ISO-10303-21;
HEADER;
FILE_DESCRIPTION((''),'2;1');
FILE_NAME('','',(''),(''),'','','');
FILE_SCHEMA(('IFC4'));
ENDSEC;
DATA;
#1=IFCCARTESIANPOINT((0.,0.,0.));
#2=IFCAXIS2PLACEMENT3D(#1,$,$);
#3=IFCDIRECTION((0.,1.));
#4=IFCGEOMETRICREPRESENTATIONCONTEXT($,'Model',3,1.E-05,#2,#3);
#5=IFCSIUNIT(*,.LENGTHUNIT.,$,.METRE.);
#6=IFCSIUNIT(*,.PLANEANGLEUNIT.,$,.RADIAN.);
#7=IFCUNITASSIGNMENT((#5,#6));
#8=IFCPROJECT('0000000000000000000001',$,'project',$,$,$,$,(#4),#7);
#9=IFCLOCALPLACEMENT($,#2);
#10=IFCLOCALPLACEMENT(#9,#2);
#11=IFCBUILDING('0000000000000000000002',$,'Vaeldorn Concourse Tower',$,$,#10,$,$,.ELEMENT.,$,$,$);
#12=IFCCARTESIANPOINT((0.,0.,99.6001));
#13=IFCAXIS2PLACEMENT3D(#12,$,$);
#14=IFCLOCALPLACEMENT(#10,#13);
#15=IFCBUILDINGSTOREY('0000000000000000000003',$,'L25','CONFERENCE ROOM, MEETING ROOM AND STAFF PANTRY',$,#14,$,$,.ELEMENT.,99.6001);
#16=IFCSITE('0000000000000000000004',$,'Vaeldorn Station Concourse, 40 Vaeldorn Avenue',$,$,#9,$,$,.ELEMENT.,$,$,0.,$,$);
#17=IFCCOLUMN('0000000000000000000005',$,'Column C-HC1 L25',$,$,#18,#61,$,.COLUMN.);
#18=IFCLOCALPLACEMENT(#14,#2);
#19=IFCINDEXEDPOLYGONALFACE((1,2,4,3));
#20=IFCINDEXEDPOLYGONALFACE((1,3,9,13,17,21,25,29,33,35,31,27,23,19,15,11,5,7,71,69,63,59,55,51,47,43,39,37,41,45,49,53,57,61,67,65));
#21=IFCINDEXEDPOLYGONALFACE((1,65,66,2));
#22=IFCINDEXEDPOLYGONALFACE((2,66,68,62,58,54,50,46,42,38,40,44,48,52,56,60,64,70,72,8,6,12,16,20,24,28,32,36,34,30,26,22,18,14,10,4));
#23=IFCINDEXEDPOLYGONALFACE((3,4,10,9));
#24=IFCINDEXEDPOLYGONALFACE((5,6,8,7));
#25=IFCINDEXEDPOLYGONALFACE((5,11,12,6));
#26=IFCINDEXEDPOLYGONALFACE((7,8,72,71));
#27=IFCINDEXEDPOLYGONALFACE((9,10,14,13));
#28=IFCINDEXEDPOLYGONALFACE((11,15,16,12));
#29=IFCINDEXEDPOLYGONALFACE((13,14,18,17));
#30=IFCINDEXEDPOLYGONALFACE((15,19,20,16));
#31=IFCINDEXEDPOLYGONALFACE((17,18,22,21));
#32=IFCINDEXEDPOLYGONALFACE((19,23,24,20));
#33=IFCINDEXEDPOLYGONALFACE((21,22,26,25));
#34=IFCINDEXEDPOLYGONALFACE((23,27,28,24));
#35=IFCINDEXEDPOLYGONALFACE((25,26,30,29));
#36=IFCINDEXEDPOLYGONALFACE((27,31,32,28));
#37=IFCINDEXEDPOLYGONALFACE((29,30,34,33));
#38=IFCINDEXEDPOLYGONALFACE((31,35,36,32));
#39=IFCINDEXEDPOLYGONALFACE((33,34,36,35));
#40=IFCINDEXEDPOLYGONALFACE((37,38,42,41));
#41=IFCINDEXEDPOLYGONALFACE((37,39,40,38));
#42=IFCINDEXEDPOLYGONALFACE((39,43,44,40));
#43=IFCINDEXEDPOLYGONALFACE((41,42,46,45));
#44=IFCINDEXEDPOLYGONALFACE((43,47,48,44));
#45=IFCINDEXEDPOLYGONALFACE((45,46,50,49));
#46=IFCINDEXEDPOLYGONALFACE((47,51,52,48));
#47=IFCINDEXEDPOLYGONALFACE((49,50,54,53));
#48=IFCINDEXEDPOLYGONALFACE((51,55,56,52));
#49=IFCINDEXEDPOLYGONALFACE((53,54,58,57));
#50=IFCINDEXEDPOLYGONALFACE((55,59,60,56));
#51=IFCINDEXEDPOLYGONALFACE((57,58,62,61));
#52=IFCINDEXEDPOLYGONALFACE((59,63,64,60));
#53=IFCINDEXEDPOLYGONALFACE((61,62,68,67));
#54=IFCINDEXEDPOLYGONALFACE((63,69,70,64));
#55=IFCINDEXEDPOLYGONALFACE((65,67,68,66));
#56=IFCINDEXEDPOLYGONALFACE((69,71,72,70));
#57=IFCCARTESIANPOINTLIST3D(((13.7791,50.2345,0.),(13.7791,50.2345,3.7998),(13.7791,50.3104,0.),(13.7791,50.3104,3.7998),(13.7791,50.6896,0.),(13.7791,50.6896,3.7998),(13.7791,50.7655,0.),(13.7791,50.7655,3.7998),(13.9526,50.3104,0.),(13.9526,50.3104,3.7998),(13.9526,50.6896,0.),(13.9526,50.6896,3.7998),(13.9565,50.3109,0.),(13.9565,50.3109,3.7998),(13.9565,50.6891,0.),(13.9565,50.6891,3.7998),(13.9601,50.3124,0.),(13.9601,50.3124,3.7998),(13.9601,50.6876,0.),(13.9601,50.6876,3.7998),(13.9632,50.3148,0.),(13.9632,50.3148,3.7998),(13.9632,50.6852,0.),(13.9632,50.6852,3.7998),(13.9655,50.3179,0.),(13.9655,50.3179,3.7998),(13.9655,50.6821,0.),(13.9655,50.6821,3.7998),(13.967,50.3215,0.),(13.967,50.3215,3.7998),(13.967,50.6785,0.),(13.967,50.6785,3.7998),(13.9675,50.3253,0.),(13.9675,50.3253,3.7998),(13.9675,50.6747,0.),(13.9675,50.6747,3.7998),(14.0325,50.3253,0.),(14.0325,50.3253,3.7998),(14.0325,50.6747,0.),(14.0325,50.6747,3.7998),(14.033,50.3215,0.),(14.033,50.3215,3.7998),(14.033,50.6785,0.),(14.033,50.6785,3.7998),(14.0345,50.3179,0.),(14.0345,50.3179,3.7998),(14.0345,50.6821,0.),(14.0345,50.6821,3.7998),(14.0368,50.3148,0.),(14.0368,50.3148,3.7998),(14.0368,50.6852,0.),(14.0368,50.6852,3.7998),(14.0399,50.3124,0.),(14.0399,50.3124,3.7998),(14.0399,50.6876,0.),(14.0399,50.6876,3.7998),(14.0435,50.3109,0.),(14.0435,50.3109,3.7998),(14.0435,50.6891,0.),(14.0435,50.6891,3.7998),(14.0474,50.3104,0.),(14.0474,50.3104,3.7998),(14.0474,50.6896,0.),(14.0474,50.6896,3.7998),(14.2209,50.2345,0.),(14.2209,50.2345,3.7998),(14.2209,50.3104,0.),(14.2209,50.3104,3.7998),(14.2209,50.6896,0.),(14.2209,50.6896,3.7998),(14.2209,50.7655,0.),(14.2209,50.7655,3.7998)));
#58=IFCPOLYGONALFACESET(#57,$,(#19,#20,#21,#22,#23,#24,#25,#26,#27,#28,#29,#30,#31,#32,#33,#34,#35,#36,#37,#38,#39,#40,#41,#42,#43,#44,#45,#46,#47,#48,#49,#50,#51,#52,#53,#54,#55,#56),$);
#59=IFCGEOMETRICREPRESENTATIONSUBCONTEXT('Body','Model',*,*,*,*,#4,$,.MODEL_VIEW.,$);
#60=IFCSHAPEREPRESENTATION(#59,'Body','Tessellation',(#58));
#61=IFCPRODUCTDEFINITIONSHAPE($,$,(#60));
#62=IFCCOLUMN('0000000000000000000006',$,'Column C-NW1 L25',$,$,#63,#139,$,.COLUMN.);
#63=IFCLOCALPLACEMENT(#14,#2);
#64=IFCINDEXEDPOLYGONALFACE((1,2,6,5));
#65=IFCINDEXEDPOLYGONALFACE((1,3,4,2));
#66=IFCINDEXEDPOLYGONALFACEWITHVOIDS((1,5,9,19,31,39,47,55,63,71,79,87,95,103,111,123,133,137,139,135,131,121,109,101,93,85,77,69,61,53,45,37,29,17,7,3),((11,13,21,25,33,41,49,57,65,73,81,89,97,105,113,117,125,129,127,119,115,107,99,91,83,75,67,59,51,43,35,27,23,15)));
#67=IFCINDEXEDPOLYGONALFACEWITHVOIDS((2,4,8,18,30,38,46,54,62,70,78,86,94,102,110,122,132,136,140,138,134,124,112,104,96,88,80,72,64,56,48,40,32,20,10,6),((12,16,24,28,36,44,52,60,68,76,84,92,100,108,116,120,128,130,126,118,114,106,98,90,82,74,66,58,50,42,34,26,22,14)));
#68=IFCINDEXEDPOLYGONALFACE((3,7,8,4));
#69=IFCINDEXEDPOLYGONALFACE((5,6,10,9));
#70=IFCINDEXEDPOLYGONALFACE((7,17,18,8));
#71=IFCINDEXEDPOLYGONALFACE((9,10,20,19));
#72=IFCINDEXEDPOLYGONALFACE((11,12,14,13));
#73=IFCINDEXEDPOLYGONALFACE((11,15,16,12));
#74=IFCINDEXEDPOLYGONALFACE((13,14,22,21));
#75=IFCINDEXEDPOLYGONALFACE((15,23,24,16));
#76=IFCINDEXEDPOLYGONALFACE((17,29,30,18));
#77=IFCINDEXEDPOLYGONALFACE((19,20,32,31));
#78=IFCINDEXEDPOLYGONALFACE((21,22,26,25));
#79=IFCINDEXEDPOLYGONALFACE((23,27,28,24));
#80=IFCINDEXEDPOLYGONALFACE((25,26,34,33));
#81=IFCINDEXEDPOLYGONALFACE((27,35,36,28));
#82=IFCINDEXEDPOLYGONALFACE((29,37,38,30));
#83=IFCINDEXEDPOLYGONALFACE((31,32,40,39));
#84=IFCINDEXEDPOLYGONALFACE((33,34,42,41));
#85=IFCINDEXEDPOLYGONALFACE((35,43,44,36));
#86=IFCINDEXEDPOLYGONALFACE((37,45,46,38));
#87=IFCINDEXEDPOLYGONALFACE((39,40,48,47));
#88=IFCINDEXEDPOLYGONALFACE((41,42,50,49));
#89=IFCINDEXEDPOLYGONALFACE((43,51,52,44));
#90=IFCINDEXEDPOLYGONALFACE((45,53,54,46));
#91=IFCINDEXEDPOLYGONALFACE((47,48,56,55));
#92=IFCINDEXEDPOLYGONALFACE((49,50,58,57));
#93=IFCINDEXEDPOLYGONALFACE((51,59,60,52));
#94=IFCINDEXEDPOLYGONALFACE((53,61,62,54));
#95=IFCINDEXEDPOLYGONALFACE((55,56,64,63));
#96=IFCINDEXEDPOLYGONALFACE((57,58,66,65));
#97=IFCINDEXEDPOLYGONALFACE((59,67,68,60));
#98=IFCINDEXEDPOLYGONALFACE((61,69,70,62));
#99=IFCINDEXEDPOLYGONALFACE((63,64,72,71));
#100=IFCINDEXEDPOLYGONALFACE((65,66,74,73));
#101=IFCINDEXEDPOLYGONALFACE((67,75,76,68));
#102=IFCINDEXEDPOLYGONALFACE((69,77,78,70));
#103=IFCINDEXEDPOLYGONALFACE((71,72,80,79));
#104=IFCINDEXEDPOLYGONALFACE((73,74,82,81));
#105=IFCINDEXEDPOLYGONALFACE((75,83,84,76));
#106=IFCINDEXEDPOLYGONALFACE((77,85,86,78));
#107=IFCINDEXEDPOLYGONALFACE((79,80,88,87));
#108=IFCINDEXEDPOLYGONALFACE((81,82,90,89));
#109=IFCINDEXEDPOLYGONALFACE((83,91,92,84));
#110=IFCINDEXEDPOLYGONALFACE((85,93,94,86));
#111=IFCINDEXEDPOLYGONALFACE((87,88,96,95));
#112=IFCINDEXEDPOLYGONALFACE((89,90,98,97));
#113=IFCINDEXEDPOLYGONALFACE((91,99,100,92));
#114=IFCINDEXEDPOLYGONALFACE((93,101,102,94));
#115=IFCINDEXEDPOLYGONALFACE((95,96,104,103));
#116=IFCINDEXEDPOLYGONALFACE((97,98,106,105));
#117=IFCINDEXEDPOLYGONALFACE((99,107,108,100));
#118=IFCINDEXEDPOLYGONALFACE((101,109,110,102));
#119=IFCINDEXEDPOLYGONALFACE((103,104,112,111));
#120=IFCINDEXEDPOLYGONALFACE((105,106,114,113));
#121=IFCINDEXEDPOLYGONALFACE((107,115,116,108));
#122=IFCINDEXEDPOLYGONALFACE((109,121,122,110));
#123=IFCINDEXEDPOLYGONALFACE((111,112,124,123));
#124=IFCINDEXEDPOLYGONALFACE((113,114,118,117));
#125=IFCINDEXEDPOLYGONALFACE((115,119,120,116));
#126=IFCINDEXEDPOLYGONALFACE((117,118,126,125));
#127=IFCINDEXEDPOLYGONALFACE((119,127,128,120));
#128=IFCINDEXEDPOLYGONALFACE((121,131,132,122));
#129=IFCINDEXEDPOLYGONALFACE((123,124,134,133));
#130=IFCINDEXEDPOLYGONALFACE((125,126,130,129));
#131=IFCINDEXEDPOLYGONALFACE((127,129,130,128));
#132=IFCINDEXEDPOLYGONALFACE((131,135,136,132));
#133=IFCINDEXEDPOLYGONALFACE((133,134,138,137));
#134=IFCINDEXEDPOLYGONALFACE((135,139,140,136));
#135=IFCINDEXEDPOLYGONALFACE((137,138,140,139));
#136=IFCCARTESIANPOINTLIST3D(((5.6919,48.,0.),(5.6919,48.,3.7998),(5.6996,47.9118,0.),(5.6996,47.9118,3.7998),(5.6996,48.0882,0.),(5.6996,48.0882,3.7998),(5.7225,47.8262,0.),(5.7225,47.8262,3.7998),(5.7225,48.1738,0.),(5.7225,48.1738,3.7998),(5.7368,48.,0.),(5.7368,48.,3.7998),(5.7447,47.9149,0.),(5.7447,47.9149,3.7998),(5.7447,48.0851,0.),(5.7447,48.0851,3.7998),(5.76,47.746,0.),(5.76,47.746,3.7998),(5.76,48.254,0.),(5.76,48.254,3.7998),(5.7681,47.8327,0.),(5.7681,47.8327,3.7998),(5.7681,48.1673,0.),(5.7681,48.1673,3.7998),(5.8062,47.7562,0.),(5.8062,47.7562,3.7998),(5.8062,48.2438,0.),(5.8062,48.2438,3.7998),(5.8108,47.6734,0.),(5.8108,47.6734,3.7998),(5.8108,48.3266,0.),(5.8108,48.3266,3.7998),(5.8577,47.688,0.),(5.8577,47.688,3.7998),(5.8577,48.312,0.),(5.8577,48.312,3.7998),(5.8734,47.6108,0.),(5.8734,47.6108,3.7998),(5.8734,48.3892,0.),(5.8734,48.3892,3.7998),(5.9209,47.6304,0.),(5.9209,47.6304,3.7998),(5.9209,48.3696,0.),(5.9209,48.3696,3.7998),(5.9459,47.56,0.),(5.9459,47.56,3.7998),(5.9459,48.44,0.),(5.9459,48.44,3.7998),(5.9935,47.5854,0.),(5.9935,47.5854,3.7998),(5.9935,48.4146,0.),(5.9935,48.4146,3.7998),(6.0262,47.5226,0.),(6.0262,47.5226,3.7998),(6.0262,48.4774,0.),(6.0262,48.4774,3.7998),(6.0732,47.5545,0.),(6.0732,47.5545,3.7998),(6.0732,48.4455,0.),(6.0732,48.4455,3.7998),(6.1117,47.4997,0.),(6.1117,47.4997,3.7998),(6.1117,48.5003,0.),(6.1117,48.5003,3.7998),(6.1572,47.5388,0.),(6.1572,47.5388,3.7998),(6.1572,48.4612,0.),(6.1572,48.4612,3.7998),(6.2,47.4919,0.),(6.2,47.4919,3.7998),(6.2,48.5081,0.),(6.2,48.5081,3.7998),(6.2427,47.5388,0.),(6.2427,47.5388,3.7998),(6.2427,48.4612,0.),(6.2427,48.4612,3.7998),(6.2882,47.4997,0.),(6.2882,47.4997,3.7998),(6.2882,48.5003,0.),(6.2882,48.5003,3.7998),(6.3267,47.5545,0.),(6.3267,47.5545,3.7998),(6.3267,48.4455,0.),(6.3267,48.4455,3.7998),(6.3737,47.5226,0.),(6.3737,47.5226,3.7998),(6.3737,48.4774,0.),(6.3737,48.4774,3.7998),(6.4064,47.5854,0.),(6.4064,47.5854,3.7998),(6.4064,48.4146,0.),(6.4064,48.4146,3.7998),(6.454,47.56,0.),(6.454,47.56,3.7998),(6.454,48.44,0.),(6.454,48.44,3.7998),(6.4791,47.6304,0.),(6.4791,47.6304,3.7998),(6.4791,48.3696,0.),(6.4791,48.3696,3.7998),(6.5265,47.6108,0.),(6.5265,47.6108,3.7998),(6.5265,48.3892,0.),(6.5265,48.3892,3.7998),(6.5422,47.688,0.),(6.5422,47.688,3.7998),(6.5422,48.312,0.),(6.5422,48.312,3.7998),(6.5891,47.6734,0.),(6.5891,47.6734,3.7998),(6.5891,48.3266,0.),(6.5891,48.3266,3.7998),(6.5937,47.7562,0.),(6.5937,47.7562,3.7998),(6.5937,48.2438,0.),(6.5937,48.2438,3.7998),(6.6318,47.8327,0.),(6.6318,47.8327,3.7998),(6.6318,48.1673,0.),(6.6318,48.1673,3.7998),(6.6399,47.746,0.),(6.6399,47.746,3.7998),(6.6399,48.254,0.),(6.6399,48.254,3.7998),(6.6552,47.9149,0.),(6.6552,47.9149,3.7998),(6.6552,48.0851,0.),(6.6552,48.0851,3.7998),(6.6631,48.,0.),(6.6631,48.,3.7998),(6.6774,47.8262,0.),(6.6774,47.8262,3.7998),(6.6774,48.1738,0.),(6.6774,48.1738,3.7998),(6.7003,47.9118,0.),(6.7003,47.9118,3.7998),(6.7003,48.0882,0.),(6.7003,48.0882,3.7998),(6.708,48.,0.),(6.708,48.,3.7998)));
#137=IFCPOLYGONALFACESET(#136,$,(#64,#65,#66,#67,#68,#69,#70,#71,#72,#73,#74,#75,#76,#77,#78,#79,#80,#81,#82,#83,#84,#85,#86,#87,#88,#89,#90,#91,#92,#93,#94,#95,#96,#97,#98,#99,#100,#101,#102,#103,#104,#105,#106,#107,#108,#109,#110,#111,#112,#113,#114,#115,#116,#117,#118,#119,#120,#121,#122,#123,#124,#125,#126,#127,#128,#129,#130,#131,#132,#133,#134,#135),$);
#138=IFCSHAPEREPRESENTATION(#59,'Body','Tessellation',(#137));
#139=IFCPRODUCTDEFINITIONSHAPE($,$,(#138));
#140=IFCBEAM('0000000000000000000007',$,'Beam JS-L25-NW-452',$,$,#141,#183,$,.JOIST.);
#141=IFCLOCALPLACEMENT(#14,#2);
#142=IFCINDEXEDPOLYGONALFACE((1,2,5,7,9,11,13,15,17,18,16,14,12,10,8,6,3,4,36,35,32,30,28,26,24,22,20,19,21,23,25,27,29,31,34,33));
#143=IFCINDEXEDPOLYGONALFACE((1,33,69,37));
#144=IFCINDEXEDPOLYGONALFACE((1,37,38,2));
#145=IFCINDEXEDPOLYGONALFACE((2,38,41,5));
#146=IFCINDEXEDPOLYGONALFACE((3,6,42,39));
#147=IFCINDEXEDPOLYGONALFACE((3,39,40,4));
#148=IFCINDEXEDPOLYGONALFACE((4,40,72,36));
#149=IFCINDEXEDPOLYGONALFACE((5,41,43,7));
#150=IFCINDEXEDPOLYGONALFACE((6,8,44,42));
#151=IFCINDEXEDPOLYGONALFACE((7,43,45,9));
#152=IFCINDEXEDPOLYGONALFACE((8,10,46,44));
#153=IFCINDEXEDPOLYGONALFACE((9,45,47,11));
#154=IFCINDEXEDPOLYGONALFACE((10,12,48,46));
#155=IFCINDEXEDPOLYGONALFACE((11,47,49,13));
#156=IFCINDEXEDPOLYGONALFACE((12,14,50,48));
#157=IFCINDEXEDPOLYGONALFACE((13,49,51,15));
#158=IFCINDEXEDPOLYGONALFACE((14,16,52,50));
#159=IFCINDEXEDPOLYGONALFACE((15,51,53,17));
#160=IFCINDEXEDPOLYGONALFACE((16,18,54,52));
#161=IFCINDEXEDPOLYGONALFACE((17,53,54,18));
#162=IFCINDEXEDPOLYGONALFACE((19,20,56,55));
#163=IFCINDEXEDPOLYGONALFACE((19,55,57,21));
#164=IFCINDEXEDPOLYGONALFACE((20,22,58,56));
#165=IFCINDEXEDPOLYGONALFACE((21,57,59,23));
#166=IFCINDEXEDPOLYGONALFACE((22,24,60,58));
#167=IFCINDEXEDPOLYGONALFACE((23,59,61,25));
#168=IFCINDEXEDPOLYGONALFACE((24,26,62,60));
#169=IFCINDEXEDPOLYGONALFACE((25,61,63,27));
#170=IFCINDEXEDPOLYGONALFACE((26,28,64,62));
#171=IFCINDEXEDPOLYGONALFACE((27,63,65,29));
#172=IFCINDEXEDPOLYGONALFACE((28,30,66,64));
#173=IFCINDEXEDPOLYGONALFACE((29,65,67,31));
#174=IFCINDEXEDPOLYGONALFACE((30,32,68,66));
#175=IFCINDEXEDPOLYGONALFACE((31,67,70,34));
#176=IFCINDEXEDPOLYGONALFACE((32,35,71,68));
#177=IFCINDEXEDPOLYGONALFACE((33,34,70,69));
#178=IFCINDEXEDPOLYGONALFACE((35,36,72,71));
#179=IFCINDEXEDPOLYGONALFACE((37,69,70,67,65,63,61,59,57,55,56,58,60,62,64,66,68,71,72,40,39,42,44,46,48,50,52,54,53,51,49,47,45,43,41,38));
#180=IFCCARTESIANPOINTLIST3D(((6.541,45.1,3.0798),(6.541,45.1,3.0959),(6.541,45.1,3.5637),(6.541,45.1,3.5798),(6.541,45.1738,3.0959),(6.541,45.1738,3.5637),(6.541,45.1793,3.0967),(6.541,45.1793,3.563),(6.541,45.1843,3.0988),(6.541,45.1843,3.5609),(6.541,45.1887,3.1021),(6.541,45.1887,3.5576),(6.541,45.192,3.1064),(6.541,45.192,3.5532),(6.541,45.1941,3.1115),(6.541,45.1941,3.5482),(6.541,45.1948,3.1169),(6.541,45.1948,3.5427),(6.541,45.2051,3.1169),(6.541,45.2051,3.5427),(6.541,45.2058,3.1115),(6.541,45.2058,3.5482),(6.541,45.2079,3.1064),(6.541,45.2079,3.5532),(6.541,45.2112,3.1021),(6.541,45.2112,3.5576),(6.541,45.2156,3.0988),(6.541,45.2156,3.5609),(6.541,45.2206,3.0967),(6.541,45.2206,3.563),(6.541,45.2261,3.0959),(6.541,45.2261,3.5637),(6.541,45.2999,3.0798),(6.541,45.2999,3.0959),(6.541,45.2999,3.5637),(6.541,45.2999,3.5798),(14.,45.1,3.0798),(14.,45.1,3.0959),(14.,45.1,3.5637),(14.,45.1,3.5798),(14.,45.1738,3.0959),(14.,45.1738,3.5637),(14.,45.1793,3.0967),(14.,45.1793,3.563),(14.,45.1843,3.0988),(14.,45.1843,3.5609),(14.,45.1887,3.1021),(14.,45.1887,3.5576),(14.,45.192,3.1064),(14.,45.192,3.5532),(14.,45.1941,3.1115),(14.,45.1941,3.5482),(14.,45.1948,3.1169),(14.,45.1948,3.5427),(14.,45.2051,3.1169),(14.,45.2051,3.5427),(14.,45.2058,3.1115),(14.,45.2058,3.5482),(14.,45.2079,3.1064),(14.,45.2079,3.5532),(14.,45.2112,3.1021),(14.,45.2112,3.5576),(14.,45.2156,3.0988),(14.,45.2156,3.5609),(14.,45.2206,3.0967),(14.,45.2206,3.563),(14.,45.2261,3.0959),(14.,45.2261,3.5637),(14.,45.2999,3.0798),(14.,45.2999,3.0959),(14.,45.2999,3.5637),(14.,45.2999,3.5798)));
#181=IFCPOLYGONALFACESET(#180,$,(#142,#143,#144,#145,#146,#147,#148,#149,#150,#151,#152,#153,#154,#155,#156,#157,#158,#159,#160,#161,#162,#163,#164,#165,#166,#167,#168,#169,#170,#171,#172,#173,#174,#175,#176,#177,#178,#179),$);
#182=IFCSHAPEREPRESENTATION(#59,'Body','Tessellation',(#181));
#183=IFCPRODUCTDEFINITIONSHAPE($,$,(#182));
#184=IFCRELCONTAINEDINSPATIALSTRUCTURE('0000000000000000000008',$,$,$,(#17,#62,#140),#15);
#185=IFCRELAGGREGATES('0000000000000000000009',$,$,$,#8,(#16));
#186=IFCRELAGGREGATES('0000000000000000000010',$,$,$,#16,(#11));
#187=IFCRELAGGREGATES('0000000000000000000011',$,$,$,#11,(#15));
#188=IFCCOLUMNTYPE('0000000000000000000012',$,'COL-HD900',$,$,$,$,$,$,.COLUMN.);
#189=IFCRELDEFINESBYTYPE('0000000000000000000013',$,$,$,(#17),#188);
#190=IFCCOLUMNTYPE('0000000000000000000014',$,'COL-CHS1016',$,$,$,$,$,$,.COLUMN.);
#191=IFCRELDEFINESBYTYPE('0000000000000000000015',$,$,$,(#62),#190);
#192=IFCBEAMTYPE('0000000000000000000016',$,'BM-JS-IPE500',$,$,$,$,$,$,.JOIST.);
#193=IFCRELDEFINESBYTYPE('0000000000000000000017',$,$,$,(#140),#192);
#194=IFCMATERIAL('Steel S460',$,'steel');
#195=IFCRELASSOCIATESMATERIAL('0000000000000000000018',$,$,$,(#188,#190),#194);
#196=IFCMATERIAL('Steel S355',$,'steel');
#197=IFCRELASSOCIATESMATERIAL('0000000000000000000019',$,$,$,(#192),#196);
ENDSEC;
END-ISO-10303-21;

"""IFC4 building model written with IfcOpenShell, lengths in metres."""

from ifc_helpers import new_model, si_unit, direction, frame, origin, origin_2d, place, context, subcontext, project, spatial, hollow_circle, i_section, extrude, source, transform, mapped, material, material_profile, profile_set, type_object, element, save


model = new_model("IFC4")

# Units and contexts
model_context = context("Model", 3, precision=1e-05, world=origin(), true_north=direction((0.0, 1.0)))
body_context = subcontext(model_context, "Body", "Model", "MODEL_VIEW")
ifc_project = project(units=[si_unit("LENGTHUNIT", "METRE"), si_unit("PLANEANGLEUNIT", "RADIAN")], contexts=[model_context])

# Site, building, storey
site_placement = place(None, origin())
site = spatial("IfcSite", under=ifc_project, at=site_placement, Name="Vaeldorn Station Concourse, 40 Vaeldorn Avenue", CompositionType="ELEMENT", RefElevation=0.0)
building_placement = place(site_placement, origin())
building = spatial("IfcBuilding", under=site, at=building_placement, Name="Vaeldorn Concourse Tower", CompositionType="ELEMENT")
storey_placement = place(building_placement, frame((0.0, 0.0, 99.6001)))
storey = spatial("IfcBuildingStorey", under=building, at=storey_placement, Name="L25", Description="CONFERENCE ROOM, MEETING ROOM AND STAFF PANTRY", CompositionType="ELEMENT", Elevation=99.6001)

# Columns
ifc_material_1 = material(Name="Steel S460", Category="steel")
ifc_material_profile_1 = material_profile(ifc_material_1, i_section(OverallWidth=0.4419, OverallDepth=0.531, WebThickness=0.0649, FlangeThickness=0.0759, FilletRadius=0.0149, at=origin_2d()), Name="HD 400x900")
ifc_profile_set_1 = profile_set([ifc_material_profile_1], Name="Steel S460")
column_type_1 = type_object("IfcColumnType", Name="COL-HD900", PredefinedType="COLUMN", material=ifc_profile_set_1)
shared_shape_1 = source(origin(), body_context, "Body", "SweptSolid", [
    extrude(i_section(OverallWidth=0.4419, OverallDepth=0.531, WebThickness=0.0649, FlangeThickness=0.0759, FilletRadius=0.0149, at=origin_2d()), origin(), (0.0, 0.0, 1.0), 3.7998),
])
column_1_placement = place(storey_placement, frame((14.0, 50.5, 0.0), z_axis=(0.0, 0.0, 1.0), x_axis=(1.0, 0.0, 0.0)))
element("IfcColumn", 1, at=column_1_placement, inside=storey, type_object=column_type_1, Name="Column C-HC1 L25", PredefinedType="COLUMN", context=body_context, shape_type="MappedRepresentation", body=[
    mapped(shared_shape_1, transform((0.0, 0.0, 0.0), scale=1.0)),
])
ifc_material_profile_2 = material_profile(ifc_material_1, hollow_circle(Radius=0.5081, WallThickness=0.0449, at=origin_2d()), Name="CHS 1016x45")
ifc_profile_set_2 = profile_set([ifc_material_profile_2], Name="Steel S460")
column_type_2 = type_object("IfcColumnType", Name="COL-CHS1016", PredefinedType="COLUMN", material=ifc_profile_set_2)
shared_shape_2 = source(origin(), body_context, "Body", "SweptSolid", [
    extrude(hollow_circle(Radius=0.5081, WallThickness=0.0449, at=origin_2d()), origin(), (0.0, 0.0, 1.0), 3.7998),
])
column_2_placement = place(storey_placement, frame((6.2, 48.0, 0.0), z_axis=(0.0, 0.0, 1.0), x_axis=(1.0, 0.0, 0.0)))
element("IfcColumn", 2, at=column_2_placement, inside=storey, type_object=column_type_2, Name="Column C-NW1 L25", PredefinedType="COLUMN", context=body_context, shape_type="MappedRepresentation", body=[
    mapped(shared_shape_2, transform((0.0, 0.0, 0.0), scale=1.0)),
])

# Beam
ifc_material_2 = material(Name="Steel S355", Category="steel")
ifc_material_profile_3 = material_profile(ifc_material_2, i_section(OverallWidth=0.2, OverallDepth=0.5, WebThickness=0.0103, FlangeThickness=0.0161, FilletRadius=0.021, at=origin_2d()), Name="IPE 500")
ifc_profile_set_3 = profile_set([ifc_material_profile_3], Name="Steel S355")
beam_type_1 = type_object("IfcBeamType", Name="BM-JS-IPE500", PredefinedType="JOIST", material=ifc_profile_set_3)
shared_shape_3 = source(origin(), body_context, "Body", "SweptSolid", [
    extrude(i_section(OverallWidth=0.2, OverallDepth=0.5, WebThickness=0.0103, FlangeThickness=0.0161, FilletRadius=0.021, at=origin_2d()), origin(), (0.0, 0.0, 1.0), 7.459),
])
beam_1_placement = place(storey_placement, frame((6.541, 45.2, 3.3298), z_axis=(1.0, 0.0, 0.0), x_axis=(0.0, 1.0, 0.0)))
element("IfcBeam", 3, at=beam_1_placement, inside=storey, type_object=beam_type_1, Name="Beam JS-L25-NW-452", PredefinedType="JOIST", context=body_context, shape_type="MappedRepresentation", body=[
    mapped(shared_shape_3, transform((0.0, 0.0, 0.0), scale=1.0)),
])

save(model, "model.ifc")
